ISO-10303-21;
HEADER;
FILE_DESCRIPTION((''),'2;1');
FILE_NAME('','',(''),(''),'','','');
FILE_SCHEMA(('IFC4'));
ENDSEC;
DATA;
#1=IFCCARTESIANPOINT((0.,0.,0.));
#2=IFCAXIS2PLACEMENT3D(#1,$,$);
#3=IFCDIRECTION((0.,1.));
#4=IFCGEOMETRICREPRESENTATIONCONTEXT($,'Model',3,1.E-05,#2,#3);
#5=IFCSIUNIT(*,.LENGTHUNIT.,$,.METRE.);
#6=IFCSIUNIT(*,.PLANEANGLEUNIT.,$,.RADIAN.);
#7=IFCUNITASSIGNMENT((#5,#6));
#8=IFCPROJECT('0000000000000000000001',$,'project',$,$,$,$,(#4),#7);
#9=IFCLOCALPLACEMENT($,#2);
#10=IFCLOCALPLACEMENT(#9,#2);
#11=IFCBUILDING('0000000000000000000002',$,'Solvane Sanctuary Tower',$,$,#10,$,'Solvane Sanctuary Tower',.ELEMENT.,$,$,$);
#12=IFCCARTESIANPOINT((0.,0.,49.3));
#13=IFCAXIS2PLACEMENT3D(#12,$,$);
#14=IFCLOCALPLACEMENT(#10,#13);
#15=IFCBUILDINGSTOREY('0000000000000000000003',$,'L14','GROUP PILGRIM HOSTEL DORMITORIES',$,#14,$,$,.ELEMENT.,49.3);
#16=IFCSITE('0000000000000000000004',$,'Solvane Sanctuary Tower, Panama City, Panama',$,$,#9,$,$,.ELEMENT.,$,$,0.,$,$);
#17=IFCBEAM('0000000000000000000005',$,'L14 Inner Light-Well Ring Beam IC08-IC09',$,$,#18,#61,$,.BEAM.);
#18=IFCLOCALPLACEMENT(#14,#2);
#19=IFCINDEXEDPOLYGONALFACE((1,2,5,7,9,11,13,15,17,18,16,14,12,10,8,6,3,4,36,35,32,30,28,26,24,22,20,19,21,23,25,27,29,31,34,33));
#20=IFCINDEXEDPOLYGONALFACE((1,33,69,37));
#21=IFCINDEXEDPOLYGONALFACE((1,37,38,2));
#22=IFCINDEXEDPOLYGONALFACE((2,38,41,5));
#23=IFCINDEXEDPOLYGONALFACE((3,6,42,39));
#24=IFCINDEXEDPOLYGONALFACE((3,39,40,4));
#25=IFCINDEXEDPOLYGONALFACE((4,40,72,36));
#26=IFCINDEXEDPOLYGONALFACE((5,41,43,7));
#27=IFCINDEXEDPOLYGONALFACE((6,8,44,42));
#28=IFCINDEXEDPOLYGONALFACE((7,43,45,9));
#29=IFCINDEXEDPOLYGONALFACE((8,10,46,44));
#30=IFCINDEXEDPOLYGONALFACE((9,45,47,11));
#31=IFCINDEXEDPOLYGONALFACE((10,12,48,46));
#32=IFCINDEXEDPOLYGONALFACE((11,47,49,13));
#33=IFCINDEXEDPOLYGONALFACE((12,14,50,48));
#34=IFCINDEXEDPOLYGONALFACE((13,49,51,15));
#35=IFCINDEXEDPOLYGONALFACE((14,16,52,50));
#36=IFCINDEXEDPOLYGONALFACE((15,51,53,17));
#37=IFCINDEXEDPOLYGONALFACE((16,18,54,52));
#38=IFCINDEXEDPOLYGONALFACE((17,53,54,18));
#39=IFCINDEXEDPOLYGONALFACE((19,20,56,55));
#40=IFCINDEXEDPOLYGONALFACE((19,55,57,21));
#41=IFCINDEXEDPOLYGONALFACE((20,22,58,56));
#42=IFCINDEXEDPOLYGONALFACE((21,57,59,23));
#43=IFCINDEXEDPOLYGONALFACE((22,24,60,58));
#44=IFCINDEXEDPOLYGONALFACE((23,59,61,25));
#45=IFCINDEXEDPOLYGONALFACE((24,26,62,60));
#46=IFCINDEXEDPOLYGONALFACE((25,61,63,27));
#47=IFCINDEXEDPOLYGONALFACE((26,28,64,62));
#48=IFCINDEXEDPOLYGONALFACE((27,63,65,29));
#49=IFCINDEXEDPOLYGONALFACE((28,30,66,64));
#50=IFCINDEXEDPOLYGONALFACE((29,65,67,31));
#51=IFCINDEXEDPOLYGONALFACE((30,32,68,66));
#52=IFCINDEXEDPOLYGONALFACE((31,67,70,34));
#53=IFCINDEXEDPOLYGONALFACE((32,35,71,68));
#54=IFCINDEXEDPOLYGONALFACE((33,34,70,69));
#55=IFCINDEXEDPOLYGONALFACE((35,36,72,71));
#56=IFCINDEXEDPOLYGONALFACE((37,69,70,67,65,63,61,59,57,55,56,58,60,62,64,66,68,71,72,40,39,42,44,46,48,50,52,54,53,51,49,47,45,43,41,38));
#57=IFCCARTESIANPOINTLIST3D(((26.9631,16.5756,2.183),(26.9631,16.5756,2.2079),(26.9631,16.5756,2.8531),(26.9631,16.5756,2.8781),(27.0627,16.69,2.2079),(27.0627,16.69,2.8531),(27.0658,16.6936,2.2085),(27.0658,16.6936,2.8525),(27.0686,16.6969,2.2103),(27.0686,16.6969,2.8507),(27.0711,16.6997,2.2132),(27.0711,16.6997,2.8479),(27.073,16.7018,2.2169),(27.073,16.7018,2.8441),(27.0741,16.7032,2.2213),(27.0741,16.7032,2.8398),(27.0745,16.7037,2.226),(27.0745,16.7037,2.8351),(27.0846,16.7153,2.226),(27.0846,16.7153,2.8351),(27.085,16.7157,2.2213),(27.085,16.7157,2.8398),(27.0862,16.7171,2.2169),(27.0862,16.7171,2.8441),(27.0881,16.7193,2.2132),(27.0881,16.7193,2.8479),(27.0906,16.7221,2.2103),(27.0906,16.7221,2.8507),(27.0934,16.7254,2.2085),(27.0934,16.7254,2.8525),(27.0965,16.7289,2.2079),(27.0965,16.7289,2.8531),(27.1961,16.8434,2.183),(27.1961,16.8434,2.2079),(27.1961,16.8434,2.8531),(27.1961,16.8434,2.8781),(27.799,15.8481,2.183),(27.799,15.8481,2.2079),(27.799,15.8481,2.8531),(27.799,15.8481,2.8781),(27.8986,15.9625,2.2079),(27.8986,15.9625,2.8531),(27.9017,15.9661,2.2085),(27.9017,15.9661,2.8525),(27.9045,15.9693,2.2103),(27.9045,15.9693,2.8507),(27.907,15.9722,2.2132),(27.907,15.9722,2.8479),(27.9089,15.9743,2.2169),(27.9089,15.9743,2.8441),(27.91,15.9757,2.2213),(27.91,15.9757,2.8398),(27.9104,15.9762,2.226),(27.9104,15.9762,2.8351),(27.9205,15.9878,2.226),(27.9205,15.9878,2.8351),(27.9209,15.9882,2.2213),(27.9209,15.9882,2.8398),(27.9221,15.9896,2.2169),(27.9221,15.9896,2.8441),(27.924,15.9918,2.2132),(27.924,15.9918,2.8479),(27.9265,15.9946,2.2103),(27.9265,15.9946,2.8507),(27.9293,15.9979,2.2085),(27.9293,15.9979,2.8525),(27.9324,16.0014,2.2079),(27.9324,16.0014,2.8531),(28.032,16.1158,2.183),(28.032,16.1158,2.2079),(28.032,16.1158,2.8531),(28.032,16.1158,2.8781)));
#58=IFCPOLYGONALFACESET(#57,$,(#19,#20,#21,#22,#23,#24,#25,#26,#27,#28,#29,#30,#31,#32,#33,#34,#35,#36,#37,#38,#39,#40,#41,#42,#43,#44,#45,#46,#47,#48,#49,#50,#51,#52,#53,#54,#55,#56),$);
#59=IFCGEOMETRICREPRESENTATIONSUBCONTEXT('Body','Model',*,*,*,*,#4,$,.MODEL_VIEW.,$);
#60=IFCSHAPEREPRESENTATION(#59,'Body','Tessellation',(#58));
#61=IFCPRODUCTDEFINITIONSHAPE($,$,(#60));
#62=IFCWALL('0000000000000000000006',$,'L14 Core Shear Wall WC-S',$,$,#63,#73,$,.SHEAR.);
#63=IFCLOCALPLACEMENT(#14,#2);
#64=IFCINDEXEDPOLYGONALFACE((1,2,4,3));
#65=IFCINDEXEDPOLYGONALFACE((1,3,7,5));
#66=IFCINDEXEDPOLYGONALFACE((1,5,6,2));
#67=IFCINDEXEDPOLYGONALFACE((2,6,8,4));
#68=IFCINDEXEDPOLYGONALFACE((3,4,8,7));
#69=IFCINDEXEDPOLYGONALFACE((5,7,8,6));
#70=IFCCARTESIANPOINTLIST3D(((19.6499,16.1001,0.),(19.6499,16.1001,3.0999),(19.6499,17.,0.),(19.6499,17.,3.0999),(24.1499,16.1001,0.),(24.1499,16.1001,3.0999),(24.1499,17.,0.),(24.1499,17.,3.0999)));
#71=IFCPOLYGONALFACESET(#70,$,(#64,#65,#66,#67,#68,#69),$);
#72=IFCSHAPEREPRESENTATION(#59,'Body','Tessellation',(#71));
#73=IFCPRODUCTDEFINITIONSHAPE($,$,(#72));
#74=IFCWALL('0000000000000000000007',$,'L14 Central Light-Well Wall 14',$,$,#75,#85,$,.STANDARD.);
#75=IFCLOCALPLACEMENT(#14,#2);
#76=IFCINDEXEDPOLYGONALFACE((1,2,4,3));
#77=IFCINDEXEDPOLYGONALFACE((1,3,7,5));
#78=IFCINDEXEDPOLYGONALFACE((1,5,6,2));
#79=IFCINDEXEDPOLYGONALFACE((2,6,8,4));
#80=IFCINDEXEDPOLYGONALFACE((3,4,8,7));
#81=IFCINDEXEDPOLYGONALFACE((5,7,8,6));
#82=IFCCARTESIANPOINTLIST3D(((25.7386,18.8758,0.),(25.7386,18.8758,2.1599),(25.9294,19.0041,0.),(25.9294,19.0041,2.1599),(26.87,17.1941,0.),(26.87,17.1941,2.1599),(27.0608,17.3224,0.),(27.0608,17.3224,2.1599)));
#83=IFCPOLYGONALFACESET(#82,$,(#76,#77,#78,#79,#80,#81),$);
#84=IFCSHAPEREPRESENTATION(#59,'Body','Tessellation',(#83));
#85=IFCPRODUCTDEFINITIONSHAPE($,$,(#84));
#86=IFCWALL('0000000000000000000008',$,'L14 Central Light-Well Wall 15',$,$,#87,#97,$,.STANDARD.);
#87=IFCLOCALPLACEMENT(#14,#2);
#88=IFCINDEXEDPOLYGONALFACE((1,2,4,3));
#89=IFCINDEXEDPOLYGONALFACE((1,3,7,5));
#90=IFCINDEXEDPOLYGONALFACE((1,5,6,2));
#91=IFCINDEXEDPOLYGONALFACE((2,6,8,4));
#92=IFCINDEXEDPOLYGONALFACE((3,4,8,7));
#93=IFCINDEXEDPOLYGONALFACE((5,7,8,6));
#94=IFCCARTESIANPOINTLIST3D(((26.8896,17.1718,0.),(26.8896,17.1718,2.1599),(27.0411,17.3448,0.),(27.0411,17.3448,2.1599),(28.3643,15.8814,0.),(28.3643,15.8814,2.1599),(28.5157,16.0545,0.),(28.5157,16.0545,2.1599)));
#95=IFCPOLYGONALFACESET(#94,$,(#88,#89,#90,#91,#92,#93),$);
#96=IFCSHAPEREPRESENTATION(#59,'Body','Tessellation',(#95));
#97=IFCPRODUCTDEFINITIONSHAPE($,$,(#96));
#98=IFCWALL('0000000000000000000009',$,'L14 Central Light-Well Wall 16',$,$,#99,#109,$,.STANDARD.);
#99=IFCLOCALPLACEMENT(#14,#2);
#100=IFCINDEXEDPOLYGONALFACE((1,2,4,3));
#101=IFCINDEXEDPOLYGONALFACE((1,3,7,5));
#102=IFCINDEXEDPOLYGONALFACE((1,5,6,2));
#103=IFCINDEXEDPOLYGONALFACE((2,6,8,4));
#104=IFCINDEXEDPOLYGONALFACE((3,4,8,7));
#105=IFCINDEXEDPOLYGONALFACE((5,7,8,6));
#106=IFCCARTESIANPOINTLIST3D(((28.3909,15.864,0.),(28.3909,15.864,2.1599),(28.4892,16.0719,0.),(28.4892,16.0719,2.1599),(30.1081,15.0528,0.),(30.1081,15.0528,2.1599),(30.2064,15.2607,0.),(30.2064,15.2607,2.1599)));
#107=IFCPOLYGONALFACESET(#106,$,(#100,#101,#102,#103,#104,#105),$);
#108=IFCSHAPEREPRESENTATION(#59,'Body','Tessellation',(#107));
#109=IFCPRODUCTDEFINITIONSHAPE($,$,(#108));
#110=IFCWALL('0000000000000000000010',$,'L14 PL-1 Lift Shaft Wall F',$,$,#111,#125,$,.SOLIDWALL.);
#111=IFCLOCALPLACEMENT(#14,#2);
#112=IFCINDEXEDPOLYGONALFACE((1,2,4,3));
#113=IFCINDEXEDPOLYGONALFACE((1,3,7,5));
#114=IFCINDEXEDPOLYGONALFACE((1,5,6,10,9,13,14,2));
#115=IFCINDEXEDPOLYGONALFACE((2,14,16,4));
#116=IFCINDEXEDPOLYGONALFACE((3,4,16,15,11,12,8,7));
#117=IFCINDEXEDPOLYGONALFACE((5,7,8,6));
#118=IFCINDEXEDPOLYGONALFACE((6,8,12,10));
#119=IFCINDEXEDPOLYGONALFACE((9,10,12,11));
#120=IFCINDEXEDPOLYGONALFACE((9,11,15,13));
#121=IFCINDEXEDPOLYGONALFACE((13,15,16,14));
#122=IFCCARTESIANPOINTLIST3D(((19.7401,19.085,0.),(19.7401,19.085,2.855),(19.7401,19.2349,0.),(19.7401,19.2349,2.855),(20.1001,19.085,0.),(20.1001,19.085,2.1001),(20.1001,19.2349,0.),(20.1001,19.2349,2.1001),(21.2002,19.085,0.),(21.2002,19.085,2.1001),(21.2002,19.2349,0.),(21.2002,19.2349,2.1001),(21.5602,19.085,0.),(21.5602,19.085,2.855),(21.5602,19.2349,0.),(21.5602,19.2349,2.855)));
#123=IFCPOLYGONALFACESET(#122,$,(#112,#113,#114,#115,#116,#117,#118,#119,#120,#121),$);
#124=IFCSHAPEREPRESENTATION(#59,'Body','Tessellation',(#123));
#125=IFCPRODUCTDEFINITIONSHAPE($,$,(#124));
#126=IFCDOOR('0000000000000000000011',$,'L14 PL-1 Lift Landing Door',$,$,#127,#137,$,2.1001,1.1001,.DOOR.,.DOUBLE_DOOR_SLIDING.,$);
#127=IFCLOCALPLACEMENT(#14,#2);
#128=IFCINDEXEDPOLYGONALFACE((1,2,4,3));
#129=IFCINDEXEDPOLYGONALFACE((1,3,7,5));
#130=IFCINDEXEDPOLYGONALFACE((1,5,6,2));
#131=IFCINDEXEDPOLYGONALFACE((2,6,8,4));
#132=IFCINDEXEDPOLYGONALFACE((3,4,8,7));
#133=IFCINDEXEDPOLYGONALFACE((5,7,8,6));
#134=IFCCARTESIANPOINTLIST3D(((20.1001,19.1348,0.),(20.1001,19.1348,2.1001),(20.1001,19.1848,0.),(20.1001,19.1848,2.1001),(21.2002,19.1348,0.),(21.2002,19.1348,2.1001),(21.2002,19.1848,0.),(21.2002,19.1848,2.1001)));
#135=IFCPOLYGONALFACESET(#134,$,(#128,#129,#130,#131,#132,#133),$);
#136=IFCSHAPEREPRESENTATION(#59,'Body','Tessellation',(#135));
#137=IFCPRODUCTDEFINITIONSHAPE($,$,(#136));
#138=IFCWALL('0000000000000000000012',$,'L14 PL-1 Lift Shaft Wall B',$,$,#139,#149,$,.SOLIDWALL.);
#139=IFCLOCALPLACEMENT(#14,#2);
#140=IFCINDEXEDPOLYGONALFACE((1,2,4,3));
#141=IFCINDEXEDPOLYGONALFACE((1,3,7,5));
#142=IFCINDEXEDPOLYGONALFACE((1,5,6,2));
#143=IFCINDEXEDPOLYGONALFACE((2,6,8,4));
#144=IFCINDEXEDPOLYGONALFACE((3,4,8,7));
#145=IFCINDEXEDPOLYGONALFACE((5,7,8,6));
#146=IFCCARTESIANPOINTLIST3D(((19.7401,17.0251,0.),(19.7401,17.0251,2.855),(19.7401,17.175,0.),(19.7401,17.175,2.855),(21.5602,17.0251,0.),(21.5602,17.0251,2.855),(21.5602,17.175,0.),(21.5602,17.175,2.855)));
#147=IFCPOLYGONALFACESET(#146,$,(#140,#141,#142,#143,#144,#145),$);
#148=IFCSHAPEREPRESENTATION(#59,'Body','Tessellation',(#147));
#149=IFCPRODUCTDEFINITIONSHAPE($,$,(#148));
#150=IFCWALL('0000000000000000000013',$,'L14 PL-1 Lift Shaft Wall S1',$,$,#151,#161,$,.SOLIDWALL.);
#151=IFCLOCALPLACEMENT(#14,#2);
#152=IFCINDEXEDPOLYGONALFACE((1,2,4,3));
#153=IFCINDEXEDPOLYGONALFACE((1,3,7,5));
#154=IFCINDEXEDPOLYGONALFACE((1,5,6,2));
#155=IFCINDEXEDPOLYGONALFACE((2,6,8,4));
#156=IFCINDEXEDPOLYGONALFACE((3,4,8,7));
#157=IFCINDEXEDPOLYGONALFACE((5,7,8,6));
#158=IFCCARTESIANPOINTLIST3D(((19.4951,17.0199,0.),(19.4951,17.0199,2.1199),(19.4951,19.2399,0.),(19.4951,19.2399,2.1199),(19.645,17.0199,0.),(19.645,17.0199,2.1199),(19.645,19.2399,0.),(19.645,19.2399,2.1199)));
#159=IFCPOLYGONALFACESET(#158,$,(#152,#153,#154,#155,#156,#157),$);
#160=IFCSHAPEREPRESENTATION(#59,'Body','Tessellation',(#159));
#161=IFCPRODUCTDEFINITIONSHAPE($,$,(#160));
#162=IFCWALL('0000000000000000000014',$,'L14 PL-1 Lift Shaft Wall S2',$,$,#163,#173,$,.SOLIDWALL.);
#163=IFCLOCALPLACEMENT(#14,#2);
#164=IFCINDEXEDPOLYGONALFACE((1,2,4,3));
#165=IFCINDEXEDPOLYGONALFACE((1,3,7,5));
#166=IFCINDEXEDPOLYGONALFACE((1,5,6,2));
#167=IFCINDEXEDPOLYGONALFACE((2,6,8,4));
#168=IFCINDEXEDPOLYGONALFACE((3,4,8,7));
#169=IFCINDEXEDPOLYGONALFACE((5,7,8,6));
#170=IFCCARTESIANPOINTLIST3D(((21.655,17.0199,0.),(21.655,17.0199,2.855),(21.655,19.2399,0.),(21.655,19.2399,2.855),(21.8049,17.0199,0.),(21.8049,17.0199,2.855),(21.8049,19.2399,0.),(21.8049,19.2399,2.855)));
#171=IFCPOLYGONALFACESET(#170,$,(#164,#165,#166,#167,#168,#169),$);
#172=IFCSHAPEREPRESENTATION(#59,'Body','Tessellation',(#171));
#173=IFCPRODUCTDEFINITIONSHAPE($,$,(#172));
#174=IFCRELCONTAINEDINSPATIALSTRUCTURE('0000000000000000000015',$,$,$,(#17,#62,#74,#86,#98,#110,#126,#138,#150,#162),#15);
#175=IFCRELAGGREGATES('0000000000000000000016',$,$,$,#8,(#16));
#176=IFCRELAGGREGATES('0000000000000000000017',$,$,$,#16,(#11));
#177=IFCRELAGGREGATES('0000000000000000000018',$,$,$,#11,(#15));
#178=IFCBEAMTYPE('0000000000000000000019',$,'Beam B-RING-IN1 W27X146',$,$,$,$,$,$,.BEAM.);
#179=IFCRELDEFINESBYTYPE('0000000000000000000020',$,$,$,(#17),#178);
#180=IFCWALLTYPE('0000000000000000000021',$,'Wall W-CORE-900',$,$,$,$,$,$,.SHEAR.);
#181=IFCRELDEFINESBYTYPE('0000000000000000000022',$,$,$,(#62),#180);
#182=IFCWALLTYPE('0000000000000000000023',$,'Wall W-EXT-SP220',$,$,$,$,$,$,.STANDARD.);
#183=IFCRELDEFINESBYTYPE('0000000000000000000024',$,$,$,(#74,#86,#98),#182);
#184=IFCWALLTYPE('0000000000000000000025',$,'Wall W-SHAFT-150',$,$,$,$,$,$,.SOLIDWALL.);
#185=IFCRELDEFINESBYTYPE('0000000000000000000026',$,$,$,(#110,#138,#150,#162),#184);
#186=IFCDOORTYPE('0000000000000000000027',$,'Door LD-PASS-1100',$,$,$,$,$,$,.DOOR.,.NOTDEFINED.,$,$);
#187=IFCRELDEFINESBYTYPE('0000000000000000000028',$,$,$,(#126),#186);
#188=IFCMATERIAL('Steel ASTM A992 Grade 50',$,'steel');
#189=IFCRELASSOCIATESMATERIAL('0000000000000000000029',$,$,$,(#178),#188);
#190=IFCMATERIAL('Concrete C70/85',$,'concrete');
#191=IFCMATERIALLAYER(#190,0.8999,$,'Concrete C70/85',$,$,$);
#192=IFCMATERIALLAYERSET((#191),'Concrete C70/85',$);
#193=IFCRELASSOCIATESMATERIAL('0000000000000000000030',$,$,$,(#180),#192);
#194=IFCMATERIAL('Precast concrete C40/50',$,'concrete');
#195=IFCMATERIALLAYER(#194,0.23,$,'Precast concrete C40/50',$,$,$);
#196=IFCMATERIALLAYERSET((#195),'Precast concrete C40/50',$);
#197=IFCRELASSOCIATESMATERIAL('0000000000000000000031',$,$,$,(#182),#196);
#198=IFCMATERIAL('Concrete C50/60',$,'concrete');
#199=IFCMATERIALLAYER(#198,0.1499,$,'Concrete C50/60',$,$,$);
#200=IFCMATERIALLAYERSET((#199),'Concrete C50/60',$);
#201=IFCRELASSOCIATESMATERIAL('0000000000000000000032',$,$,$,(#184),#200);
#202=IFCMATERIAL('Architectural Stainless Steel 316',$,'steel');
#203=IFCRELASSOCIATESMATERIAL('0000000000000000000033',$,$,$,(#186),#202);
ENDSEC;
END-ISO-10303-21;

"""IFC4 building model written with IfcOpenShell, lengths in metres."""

from ifc_helpers import new_model, si_unit, direction, frame, frame_2d, origin, origin_2d, place, context, subcontext, project, spatial, rectangle, i_section, extrude, material, layer, layer_set, material_profile, profile_set, type_object, element, fill, save


model = new_model("IFC4")

# Units and contexts
model_context = context("Model", 3, precision=1e-05, world=origin(), true_north=direction((0.0, 1.0)))
body_context = subcontext(model_context, "Body", "Model", "MODEL_VIEW")
ifc_project = project(units=[si_unit("LENGTHUNIT", "METRE"), si_unit("PLANEANGLEUNIT", "RADIAN")], contexts=[model_context])

# Site, building, storey
site_placement = place(None, origin())
site = spatial("IfcSite", under=ifc_project, at=site_placement, Name="Solvane Sanctuary Tower, Panama City, Panama", CompositionType="ELEMENT", RefElevation=0.0)
building_placement = place(site_placement, origin())
building = spatial("IfcBuilding", under=site, at=building_placement, Name="Solvane Sanctuary Tower", LongName="Solvane Sanctuary Tower", CompositionType="ELEMENT")
storey_placement = place(building_placement, frame((0.0, 0.0, 49.3)))
storey = spatial("IfcBuildingStorey", under=building, at=storey_placement, Name="L14", Description="GROUP PILGRIM HOSTEL DORMITORIES", CompositionType="ELEMENT", Elevation=49.3)

# Shared definitions
ifc_material_1 = material(Name="Concrete C70/85", Category="concrete")

# Beam
ifc_material_2 = material(Name="Steel ASTM A992 Grade 50", Category="steel")
ifc_material_profile_1 = material_profile(ifc_material_2, i_section(OverallWidth=0.355, OverallDepth=0.6951, WebThickness=0.0154, FlangeThickness=0.0249, FilletRadius=0.0181, at=origin_2d()), Name="W27X146")
ifc_profile_set_1 = profile_set([ifc_material_profile_1], Name="Steel ASTM A992 Grade 50")
beam_type_1 = type_object("IfcBeamType", Name="Beam B-RING-IN1 W27X146", PredefinedType="BEAM", material=ifc_profile_set_1)
beam_1_placement = place(storey_placement, frame((27.0796, 16.7095, 2.5305), z_axis=(0.754321, -0.656506, 0.0), x_axis=(0.656506, 0.754321, 0.0)))
element("IfcBeam", 1, at=beam_1_placement, inside=storey, type_object=beam_type_1, Name="L14 Inner Light-Well Ring Beam IC08-IC09", PredefinedType="BEAM", context=body_context, shape_type="SweptSolid", body=[
    extrude(i_section(OverallWidth=0.355, OverallDepth=0.6951, WebThickness=0.0154, FlangeThickness=0.0249, FilletRadius=0.0181, at=origin_2d()), origin(), (0.0, 0.0, 1.0), 1.1082),
])

# Walls
ifc_layer_1 = layer(ifc_material_1, 0.8999, Name="Concrete C70/85")
ifc_layer_set_1 = layer_set([ifc_layer_1], Name="Concrete C70/85")
wall_type_1 = type_object("IfcWallType", Name="Wall W-CORE-900", PredefinedType="SHEAR", material=ifc_layer_set_1)
wall_1_placement = place(storey_placement, frame((19.6499, 16.55, 0.0), z_axis=(0.0, 0.0, 1.0), x_axis=(1.0, 0.0, 0.0)))
element("IfcWall", 2, at=wall_1_placement, inside=storey, type_object=wall_type_1, Name="L14 Core Shear Wall WC-S", PredefinedType="SHEAR", context=body_context, shape_type="SweptSolid", body=[
    extrude(rectangle(XDim=4.5, YDim=0.8999, at=frame_2d((2.25, 0.0))), origin(), (0.0, 0.0, 1.0), 3.0999),
])
ifc_material_3 = material(Name="Precast concrete C40/50", Category="concrete")
ifc_layer_2 = layer(ifc_material_3, 0.23, Name="Precast concrete C40/50")
ifc_layer_set_2 = layer_set([ifc_layer_2], Name="Precast concrete C40/50")
wall_type_2 = type_object("IfcWallType", Name="Wall W-EXT-SP220", PredefinedType="STANDARD", material=ifc_layer_set_2)
wall_2_placement = place(storey_placement, frame((25.834, 18.9399, 0.0), z_axis=(0.0, 0.0, 1.0), x_axis=(0.558198, -0.829708, 0.0)))
element("IfcWall", 3, at=wall_2_placement, inside=storey, type_object=wall_type_2, Name="L14 Central Light-Well Wall 14", PredefinedType="STANDARD", context=body_context, shape_type="SweptSolid", body=[
    extrude(rectangle(XDim=2.0269, YDim=0.23, at=frame_2d((1.0134, 0.0))), origin(), (0.0, 0.0, 1.0), 2.1599),
])
wall_3_placement = place(storey_placement, frame((26.9653, 17.2583, 0.0), z_axis=(0.0, 0.0, 1.0), x_axis=(0.752577, -0.658505, 0.0)))
element("IfcWall", 4, at=wall_3_placement, inside=storey, type_object=wall_type_2, Name="L14 Central Light-Well Wall 15", PredefinedType="STANDARD", context=body_context, shape_type="SweptSolid", body=[
    extrude(rectangle(XDim=1.9595, YDim=0.23, at=frame_2d((0.9797, 0.0))), origin(), (0.0, 0.0, 1.0), 2.1599),
])
wall_4_placement = place(storey_placement, frame((28.4399, 15.968, 0.0), z_axis=(0.0, 0.0, 1.0), x_axis=(0.90418, -0.427152, 0.0)))
element("IfcWall", 5, at=wall_4_placement, inside=storey, type_object=wall_type_2, Name="L14 Central Light-Well Wall 16", PredefinedType="STANDARD", context=body_context, shape_type="SweptSolid", body=[
    extrude(rectangle(XDim=1.8992, YDim=0.23, at=frame_2d((0.9497, 0.0))), origin(), (0.0, 0.0, 1.0), 2.1599),
])

# Wall, opening, door
ifc_material_4 = material(Name="Concrete C50/60", Category="concrete")
ifc_layer_3 = layer(ifc_material_4, 0.1499, Name="Concrete C50/60")
ifc_layer_set_3 = layer_set([ifc_layer_3], Name="Concrete C50/60")
wall_type_3 = type_object("IfcWallType", Name="Wall W-SHAFT-150", PredefinedType="SOLIDWALL", material=ifc_layer_set_3)
wall_5_placement = place(storey_placement, frame((19.74, 19.1599, 0.0), z_axis=(0.0, 0.0, 1.0), x_axis=(1.0, 0.0, 0.0)))
wall_5 = element("IfcWall", 6, at=wall_5_placement, inside=storey, type_object=wall_type_3, Name="L14 PL-1 Lift Shaft Wall F", PredefinedType="SOLIDWALL", context=body_context, shape_type="SweptSolid", body=[
    extrude(rectangle(XDim=1.8201, YDim=0.1499, at=frame_2d((0.9102, 0.0))), origin(), (0.0, 0.0, 1.0), 2.855),
])
opening_1_placement = place(wall_5_placement, frame((0.3601, 0.0, 0.0)))
opening_1 = element("IfcOpeningElement", 7, at=opening_1_placement, cuts=wall_5, PredefinedType="OPENING", context=body_context, shape_type="SweptSolid", body=[
    extrude(rectangle(XDim=1.1001, YDim=2.1001, at=frame_2d((0.55, 1.05))), frame((0.0, 0.085, 0.0), z_axis=(0.0, -1.0, 0.0), x_axis=(1.0, 0.0, 0.0)), (0.0, 0.0, 1.0), 0.1699),
])
ifc_material_5 = material(Name="Architectural Stainless Steel 316", Category="steel")
door_type = type_object("IfcDoorType", Name="Door LD-PASS-1100", OperationType="NOTDEFINED", PredefinedType="DOOR", material=ifc_material_5)
door_1_placement = place(opening_1_placement, origin())
door_1 = element("IfcDoor", 8, at=door_1_placement, inside=storey, type_object=door_type, Name="L14 PL-1 Lift Landing Door", OperationType="DOUBLE_DOOR_SLIDING", OverallHeight=2.1001, OverallWidth=1.1001, PredefinedType="DOOR", context=body_context, shape_type="SweptSolid", body=[
    extrude(rectangle(XDim=1.1001, YDim=2.1001, at=frame_2d((0.55, 1.05))), frame((0.0, 0.0249, 0.0), z_axis=(0.0, -1.0, 0.0), x_axis=(1.0, 0.0, 0.0)), (0.0, 0.0, 1.0), 0.05),
])
fill(opening_1, door_1)

# Walls
wall_6_placement = place(storey_placement, frame((19.74, 17.1001, 0.0), z_axis=(0.0, 0.0, 1.0), x_axis=(1.0, 0.0, 0.0)))
element("IfcWall", 9, at=wall_6_placement, inside=storey, type_object=wall_type_3, Name="L14 PL-1 Lift Shaft Wall B", PredefinedType="SOLIDWALL", context=body_context, shape_type="SweptSolid", body=[
    extrude(rectangle(XDim=1.8201, YDim=0.1499, at=frame_2d((0.9102, 0.0))), origin(), (0.0, 0.0, 1.0), 2.855),
])
wall_7_placement = place(storey_placement, frame((19.5701, 17.02, 0.0), z_axis=(0.0, 0.0, 1.0), x_axis=(0.0, 1.0, 0.0)))
element("IfcWall", 10, at=wall_7_placement, inside=storey, type_object=wall_type_3, Name="L14 PL-1 Lift Shaft Wall S1", PredefinedType="SOLIDWALL", context=body_context, shape_type="SweptSolid", body=[
    extrude(rectangle(XDim=2.22, YDim=0.1499, at=frame_2d((1.1099, 0.0))), origin(), (0.0, 0.0, 1.0), 2.1199),
])
wall_8_placement = place(storey_placement, frame((21.73, 17.02, 0.0), z_axis=(0.0, 0.0, 1.0), x_axis=(0.0, 1.0, 0.0)))
element("IfcWall", 11, at=wall_8_placement, inside=storey, type_object=wall_type_3, Name="L14 PL-1 Lift Shaft Wall S2", PredefinedType="SOLIDWALL", context=body_context, shape_type="SweptSolid", body=[
    extrude(rectangle(XDim=2.22, YDim=0.1499, at=frame_2d((1.1099, 0.0))), origin(), (0.0, 0.0, 1.0), 2.855),
])

save(model, "model.ifc")
